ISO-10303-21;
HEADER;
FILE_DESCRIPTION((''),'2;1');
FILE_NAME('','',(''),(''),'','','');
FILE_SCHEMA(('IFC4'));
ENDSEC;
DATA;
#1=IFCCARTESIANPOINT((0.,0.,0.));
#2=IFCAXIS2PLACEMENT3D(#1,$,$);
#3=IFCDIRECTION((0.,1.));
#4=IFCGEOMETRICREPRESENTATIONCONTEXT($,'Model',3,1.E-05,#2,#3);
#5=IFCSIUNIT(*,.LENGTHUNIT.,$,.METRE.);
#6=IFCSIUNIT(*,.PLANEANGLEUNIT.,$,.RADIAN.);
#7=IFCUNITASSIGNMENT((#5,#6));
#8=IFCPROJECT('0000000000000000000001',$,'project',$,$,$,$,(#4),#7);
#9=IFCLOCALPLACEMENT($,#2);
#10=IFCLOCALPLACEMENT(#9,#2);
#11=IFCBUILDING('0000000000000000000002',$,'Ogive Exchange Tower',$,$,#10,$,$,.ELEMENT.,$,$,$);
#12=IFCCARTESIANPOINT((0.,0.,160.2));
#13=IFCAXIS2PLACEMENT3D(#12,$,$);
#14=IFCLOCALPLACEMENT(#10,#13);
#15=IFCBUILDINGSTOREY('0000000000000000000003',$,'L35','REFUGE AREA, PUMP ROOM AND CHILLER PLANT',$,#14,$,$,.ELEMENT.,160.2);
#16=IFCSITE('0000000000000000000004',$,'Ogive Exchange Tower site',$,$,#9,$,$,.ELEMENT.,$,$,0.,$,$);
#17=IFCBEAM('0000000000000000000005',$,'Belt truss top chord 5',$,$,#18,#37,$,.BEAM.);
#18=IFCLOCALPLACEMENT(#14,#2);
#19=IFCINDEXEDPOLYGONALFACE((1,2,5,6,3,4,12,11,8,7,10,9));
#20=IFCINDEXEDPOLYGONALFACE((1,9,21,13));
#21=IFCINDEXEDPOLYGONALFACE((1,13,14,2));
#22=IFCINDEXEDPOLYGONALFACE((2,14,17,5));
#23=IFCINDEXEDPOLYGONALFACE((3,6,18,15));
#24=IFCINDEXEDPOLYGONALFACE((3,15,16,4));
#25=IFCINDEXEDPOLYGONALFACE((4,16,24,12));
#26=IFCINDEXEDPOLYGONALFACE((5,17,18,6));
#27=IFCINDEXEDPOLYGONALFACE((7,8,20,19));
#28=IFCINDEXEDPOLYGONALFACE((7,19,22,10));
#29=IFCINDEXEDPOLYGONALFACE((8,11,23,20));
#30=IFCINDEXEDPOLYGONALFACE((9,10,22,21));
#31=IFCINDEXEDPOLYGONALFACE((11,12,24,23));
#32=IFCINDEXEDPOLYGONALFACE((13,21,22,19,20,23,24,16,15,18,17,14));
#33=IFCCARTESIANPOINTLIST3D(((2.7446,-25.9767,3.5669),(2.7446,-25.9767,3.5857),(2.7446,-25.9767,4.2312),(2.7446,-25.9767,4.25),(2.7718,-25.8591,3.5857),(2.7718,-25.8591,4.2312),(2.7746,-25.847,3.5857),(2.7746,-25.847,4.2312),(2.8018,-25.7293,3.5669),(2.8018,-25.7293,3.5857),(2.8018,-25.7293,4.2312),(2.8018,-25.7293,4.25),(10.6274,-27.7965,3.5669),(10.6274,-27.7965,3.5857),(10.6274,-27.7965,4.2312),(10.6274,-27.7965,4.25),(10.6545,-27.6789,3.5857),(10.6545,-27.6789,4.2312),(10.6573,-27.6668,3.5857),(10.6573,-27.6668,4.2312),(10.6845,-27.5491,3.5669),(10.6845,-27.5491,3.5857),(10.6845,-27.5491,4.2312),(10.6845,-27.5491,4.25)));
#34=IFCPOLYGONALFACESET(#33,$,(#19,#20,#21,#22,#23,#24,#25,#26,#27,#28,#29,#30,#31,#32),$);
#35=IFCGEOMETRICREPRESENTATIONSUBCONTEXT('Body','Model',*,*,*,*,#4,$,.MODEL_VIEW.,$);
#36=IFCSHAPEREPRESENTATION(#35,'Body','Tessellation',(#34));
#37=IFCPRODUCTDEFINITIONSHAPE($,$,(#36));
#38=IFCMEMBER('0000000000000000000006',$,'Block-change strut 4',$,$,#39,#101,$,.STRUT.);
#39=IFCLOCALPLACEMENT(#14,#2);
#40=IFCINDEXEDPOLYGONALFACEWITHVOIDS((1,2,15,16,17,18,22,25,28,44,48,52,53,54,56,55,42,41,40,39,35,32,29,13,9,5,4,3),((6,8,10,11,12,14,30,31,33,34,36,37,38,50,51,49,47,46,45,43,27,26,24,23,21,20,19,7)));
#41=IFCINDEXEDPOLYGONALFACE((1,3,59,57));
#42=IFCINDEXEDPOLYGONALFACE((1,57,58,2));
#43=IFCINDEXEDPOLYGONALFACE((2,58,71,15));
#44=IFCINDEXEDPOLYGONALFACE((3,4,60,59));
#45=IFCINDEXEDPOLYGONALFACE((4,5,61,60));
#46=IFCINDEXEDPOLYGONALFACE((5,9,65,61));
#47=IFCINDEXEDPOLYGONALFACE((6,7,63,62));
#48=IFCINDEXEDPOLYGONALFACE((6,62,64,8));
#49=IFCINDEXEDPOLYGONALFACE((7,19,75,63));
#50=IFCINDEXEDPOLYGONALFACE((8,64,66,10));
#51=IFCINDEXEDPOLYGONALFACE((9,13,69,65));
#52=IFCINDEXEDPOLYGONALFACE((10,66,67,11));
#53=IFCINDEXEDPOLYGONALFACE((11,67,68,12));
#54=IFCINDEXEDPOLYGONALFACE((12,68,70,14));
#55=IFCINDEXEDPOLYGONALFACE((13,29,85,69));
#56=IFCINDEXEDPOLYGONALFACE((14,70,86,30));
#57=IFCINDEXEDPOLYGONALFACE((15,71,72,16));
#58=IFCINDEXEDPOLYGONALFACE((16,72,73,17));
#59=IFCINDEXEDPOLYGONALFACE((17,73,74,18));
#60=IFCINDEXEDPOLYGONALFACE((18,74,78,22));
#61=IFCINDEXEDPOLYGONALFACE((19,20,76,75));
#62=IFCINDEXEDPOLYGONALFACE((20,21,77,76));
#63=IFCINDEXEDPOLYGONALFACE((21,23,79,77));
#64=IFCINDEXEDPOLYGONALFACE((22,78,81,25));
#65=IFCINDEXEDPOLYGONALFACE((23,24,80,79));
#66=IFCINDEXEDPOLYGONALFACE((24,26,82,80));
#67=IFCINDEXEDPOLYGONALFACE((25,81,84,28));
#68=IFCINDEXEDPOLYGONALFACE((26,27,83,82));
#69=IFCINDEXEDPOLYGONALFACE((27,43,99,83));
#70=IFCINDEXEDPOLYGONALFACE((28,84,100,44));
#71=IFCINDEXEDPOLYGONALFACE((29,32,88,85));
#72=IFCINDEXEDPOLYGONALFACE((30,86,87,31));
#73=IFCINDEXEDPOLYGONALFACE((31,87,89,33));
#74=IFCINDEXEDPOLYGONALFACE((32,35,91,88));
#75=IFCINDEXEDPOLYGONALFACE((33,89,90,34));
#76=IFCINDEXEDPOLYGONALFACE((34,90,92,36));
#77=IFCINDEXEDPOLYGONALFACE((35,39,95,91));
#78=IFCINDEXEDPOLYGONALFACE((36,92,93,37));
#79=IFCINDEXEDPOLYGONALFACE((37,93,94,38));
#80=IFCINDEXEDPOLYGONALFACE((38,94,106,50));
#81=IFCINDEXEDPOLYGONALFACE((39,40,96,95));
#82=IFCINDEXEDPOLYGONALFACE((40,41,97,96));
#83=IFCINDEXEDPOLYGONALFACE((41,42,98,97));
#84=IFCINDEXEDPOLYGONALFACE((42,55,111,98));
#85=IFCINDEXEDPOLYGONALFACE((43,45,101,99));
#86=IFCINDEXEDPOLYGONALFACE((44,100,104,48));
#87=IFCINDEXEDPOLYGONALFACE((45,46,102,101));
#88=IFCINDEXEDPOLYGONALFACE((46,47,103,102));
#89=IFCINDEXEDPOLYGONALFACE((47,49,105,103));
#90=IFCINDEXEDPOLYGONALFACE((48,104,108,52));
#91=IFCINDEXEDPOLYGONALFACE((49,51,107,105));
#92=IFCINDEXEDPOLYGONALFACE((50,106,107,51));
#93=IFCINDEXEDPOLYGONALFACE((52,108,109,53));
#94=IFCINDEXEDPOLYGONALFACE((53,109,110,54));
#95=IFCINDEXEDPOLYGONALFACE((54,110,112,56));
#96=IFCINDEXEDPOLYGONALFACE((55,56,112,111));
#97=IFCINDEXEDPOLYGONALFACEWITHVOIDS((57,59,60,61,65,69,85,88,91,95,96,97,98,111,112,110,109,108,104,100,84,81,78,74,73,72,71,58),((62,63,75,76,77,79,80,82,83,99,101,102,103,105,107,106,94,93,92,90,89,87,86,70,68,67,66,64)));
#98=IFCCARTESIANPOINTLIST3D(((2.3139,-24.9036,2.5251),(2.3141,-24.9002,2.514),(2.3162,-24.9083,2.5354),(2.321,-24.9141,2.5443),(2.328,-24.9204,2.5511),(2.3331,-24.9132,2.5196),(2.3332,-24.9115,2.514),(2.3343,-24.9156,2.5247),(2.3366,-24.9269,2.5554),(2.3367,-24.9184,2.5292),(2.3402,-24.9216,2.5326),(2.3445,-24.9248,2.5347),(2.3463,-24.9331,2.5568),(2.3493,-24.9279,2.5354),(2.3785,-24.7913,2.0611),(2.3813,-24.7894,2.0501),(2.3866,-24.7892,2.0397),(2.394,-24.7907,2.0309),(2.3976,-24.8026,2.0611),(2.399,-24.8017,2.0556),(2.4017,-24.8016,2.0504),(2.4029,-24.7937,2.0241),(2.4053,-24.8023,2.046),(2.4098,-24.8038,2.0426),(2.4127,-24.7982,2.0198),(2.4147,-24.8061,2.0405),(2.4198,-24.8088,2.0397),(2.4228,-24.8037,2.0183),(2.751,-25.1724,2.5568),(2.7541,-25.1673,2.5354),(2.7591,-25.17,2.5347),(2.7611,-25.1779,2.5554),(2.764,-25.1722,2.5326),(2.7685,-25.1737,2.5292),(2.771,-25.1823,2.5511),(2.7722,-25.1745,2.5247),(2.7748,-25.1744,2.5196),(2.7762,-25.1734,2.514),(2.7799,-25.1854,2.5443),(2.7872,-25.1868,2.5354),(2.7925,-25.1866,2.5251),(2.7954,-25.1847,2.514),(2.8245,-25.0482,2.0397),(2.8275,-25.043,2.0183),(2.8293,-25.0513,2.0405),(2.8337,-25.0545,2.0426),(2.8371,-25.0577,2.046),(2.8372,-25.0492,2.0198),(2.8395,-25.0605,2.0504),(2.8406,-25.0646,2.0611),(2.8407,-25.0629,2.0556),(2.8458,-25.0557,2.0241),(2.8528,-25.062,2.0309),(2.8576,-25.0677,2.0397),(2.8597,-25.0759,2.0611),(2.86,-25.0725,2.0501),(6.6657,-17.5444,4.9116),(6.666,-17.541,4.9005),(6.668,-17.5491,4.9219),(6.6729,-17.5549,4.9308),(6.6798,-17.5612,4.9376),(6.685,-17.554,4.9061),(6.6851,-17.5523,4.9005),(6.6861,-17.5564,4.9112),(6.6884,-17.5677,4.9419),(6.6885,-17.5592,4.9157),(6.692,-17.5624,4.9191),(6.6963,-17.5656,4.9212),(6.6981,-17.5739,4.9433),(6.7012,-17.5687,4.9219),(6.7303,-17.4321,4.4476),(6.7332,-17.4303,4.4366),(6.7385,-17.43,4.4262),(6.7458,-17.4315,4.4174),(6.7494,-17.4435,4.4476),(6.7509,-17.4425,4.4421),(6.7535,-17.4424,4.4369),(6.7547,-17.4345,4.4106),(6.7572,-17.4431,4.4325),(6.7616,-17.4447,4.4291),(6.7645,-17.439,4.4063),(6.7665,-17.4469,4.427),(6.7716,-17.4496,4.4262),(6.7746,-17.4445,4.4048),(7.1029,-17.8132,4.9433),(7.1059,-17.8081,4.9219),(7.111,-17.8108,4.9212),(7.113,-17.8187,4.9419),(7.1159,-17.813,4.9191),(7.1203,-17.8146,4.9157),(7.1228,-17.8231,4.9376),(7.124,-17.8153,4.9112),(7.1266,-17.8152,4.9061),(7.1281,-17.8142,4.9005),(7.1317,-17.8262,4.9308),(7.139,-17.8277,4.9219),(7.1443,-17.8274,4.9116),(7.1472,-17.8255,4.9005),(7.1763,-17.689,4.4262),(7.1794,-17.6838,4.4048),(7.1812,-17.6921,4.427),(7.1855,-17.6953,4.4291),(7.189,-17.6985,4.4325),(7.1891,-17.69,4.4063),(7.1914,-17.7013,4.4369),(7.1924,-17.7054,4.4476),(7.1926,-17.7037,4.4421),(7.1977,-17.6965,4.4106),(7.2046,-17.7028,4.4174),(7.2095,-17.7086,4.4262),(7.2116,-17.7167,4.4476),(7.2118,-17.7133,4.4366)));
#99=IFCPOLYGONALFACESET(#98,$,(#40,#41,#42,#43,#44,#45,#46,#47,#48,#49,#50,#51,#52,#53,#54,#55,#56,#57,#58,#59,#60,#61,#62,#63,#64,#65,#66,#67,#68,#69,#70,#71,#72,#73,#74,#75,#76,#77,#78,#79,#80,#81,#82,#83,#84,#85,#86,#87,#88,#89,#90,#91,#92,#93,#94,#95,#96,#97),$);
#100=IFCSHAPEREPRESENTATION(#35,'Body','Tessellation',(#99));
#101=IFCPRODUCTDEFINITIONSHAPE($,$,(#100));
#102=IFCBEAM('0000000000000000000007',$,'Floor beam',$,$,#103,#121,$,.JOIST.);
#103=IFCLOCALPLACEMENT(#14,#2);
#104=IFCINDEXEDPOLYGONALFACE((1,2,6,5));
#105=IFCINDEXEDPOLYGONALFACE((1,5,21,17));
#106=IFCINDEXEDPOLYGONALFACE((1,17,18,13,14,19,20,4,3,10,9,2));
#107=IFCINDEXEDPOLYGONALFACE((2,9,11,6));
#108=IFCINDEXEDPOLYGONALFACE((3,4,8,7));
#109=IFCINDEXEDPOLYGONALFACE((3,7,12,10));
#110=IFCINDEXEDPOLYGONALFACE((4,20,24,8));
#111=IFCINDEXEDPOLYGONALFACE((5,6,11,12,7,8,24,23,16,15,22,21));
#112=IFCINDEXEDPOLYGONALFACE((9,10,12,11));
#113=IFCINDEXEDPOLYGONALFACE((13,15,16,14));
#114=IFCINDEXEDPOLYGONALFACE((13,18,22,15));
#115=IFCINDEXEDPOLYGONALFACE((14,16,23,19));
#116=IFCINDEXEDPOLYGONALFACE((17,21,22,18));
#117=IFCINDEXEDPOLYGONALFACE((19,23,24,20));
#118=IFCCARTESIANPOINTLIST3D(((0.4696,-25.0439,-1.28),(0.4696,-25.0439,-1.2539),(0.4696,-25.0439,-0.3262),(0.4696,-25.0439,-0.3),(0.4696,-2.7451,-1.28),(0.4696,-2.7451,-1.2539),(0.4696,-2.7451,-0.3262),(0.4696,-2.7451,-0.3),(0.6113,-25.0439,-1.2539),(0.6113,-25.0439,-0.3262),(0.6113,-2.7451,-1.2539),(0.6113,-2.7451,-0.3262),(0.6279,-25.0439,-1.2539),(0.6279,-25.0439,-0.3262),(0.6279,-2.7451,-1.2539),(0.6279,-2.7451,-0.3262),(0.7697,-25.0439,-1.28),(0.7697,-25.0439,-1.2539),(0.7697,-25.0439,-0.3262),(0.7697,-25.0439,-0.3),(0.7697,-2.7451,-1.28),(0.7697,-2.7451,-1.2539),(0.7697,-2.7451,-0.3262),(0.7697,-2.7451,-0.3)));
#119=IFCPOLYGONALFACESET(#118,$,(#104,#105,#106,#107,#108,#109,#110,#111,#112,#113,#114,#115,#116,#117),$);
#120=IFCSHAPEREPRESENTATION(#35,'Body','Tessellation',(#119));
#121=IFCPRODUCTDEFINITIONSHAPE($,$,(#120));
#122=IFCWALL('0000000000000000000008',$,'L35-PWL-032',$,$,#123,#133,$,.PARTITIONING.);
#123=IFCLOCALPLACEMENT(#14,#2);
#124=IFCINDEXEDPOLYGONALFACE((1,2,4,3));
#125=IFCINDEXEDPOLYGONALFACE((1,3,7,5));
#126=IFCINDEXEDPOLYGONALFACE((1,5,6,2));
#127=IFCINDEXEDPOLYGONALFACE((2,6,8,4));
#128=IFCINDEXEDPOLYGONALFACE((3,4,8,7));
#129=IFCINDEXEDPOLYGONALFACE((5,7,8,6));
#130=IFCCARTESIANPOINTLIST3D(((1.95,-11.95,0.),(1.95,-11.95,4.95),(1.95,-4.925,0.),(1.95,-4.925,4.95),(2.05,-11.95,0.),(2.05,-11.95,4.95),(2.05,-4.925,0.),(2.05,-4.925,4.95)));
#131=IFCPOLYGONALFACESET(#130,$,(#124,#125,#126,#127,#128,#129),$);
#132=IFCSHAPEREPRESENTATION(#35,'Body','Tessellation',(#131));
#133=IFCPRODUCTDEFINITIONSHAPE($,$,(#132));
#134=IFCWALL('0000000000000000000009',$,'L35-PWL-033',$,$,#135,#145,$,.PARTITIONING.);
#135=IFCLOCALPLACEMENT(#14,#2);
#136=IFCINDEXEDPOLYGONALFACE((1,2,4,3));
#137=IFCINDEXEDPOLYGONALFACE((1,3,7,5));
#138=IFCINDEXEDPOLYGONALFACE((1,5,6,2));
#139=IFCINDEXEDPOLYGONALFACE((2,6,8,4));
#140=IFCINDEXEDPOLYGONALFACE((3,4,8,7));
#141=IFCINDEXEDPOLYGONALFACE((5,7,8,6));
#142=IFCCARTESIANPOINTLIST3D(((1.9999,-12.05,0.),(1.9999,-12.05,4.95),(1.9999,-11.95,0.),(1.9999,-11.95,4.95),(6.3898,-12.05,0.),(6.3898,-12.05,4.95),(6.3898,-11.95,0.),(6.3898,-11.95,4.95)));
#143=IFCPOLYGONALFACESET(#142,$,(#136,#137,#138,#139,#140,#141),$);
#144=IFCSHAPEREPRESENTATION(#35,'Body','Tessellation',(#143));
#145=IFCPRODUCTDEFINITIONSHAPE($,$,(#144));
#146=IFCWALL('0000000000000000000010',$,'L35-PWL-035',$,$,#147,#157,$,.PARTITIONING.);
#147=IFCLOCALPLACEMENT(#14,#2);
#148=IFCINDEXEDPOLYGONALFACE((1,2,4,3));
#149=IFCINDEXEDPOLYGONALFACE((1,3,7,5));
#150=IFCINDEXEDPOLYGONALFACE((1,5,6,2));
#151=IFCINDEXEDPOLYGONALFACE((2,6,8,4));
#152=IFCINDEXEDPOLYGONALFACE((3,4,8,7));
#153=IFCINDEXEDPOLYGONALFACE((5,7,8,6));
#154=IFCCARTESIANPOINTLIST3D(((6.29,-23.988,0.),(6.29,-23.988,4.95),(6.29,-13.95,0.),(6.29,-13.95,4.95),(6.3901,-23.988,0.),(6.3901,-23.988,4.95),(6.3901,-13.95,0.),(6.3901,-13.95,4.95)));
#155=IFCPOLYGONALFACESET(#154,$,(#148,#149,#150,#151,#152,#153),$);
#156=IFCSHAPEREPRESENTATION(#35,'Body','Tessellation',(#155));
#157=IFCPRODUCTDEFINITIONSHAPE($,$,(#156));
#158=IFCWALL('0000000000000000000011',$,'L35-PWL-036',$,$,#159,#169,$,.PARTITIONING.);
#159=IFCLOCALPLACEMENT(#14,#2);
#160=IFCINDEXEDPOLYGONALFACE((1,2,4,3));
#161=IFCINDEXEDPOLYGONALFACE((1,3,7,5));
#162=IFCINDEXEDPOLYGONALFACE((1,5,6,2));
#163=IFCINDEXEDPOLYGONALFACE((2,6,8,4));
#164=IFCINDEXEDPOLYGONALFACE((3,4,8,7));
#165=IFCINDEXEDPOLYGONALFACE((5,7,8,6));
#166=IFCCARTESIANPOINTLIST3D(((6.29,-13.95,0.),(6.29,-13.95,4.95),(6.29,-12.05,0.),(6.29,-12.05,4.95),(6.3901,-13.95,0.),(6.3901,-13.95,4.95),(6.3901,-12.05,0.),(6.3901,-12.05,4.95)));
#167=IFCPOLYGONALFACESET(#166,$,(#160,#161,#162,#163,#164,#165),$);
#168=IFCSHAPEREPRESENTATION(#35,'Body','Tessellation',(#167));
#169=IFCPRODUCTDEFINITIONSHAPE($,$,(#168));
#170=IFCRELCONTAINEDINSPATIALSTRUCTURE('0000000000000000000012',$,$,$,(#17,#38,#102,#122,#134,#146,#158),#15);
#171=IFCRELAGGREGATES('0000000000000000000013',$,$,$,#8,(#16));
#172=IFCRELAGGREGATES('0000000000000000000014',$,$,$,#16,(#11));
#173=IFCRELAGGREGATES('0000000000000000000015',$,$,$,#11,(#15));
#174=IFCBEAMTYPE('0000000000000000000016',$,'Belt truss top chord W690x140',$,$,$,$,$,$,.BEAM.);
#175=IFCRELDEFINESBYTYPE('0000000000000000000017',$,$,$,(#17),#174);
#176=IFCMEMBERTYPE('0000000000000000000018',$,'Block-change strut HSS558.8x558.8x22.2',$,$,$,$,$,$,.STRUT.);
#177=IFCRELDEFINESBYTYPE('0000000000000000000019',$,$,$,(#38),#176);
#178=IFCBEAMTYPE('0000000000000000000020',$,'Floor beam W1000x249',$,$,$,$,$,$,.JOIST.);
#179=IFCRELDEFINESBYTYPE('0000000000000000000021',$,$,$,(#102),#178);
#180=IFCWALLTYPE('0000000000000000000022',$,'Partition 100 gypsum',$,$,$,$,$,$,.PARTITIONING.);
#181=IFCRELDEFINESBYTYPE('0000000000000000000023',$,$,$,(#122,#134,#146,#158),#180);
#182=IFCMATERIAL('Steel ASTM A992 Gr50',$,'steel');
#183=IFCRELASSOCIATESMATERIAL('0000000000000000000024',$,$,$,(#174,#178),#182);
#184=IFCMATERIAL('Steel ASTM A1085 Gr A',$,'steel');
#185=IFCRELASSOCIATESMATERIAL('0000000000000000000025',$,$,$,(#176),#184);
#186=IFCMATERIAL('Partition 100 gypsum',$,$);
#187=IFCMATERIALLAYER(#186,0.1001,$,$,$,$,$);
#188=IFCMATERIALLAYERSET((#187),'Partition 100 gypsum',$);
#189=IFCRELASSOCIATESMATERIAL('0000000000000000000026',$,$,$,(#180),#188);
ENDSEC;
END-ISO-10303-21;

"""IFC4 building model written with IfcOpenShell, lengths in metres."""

from ifc_helpers import new_model, si_unit, direction, frame, frame_2d, origin, origin_2d, place, context, subcontext, project, spatial, rectangle, hollow_rectangle, i_section, extrude, material, layer, layer_set, material_profile, profile_set, type_object, element, save


model = new_model("IFC4")

# Units and contexts
model_context = context("Model", 3, precision=1e-05, world=origin(), true_north=direction((0.0, 1.0)))
body_context = subcontext(model_context, "Body", "Model", "MODEL_VIEW")
ifc_project = project(units=[si_unit("LENGTHUNIT", "METRE"), si_unit("PLANEANGLEUNIT", "RADIAN")], contexts=[model_context])

# Site, building, storey
site_placement = place(None, origin())
site = spatial("IfcSite", under=ifc_project, at=site_placement, Name="Ogive Exchange Tower site", CompositionType="ELEMENT", RefElevation=0.0)
building_placement = place(site_placement, origin())
building = spatial("IfcBuilding", under=site, at=building_placement, Name="Ogive Exchange Tower", CompositionType="ELEMENT")
storey_placement = place(building_placement, frame((0.0, 0.0, 160.2)))
storey = spatial("IfcBuildingStorey", under=building, at=storey_placement, Name="L35", Description="REFUGE AREA, PUMP ROOM AND CHILLER PLANT", CompositionType="ELEMENT", Elevation=160.2)

# Shared definitions
ifc_material_1 = material(Name="Steel ASTM A992 Gr50", Category="steel")

# Shared definitions
ifc_material_2 = material(Name="Steel ASTM A1085 Gr A", Category="steel")

# Beam
ifc_material_profile_1 = material_profile(ifc_material_1, i_section(OverallWidth=0.2539, OverallDepth=0.6831, WebThickness=0.0125, FlangeThickness=0.0188, at=origin_2d()), Name="W690x140")
ifc_profile_set_1 = profile_set([ifc_material_profile_1], Name="Steel ASTM A992 Gr50")
beam_type_1 = type_object("IfcBeamType", Name="Belt truss top chord W690x140", PredefinedType="BEAM", material=ifc_profile_set_1)
beam_1_placement = place(storey_placement, frame((2.7732, -25.853, 3.9084), z_axis=(0.974372, -0.224943, 0.0), x_axis=(0.224943, 0.974372, 0.0)))
element("IfcBeam", 1, at=beam_1_placement, inside=storey, type_object=beam_type_1, Name="Belt truss top chord 5", PredefinedType="BEAM", context=body_context, shape_type="SweptSolid", body=[
    extrude(i_section(OverallWidth=0.2539, OverallDepth=0.6831, WebThickness=0.0125, FlangeThickness=0.0188, at=origin_2d()), origin(), (0.0, 0.0, 1.0), 8.0901),
])

# Member
ifc_material_profile_2 = material_profile(ifc_material_2, hollow_rectangle(XDim=0.5591, YDim=0.5591, WallThickness=0.0222, InnerFilletRadius=0.0222, OuterFilletRadius=0.0444, at=origin_2d()), Name="HSS558.8x558.8x22.2")
ifc_profile_set_2 = profile_set([ifc_material_profile_2], Name="Steel ASTM A1085 Gr A")
member_type_1 = type_object("IfcMemberType", Name="Block-change strut HSS558.8x558.8x22.2", PredefinedType="STRUT", material=ifc_profile_set_2)
member_placement = place(storey_placement, frame((2.5869, -24.988, 2.2876), z_axis=(0.490268, 0.829068, 0.268856), x_axis=(-0.860761, 0.509009, 0.0)))
element("IfcMember", 2, at=member_placement, inside=storey, type_object=member_type_1, Name="Block-change strut 4", PredefinedType="STRUT", context=body_context, shape_type="SweptSolid", body=[
    extrude(hollow_rectangle(XDim=0.5591, YDim=0.5591, WallThickness=0.0222, InnerFilletRadius=0.0222, OuterFilletRadius=0.0444, at=origin_2d()), origin(), (0.0, 0.0, 1.0), 8.8765),
])

# Beam
ifc_material_profile_3 = material_profile(ifc_material_1, i_section(OverallWidth=0.3, OverallDepth=0.98, WebThickness=0.0166, FlangeThickness=0.0261, at=origin_2d()), Name="W1000x249")
ifc_profile_set_3 = profile_set([ifc_material_profile_3], Name="Steel ASTM A992 Gr50")
beam_type_2 = type_object("IfcBeamType", Name="Floor beam W1000x249", PredefinedType="JOIST", material=ifc_profile_set_3)
beam_2_placement = place(storey_placement, frame((0.6196, -25.0439, -0.79), z_axis=(0.0, 1.0, 0.0), x_axis=(-1.0, 0.0, 0.0)))
element("IfcBeam", 3, at=beam_2_placement, inside=storey, type_object=beam_type_2, Name="Floor beam", PredefinedType="JOIST", context=body_context, shape_type="SweptSolid", body=[
    extrude(i_section(OverallWidth=0.3, OverallDepth=0.98, WebThickness=0.0166, FlangeThickness=0.0261, at=origin_2d()), origin(), (0.0, 0.0, 1.0), 22.2988),
])

# Walls
ifc_material_3 = material(Name="Partition 100 gypsum")
ifc_layer = layer(ifc_material_3, 0.1001)
ifc_layer_set = layer_set([ifc_layer], Name="Partition 100 gypsum")
wall_type = type_object("IfcWallType", Name="Partition 100 gypsum", PredefinedType="PARTITIONING", material=ifc_layer_set)
wall_1_placement = place(storey_placement, frame((2.0, -11.95, 0.0), z_axis=(0.0, 0.0, 1.0), x_axis=(0.0, 1.0, 0.0)))
element("IfcWall", 4, at=wall_1_placement, inside=storey, type_object=wall_type, Name="L35-PWL-032", PredefinedType="PARTITIONING", context=body_context, shape_type="SweptSolid", body=[
    extrude(rectangle(XDim=7.0249, YDim=0.1001, at=frame_2d((3.5125, 0.0))), origin(), (0.0, 0.0, 1.0), 4.95),
])
wall_2_placement = place(storey_placement, frame((2.0, -12.0, 0.0), z_axis=(0.0, 0.0, 1.0), x_axis=(1.0, 0.0, 0.0)))
element("IfcWall", 5, at=wall_2_placement, inside=storey, type_object=wall_type, Name="L35-PWL-033", PredefinedType="PARTITIONING", context=body_context, shape_type="SweptSolid", body=[
    extrude(rectangle(XDim=4.3899, YDim=0.1001, at=frame_2d((2.1948, 0.0))), origin(), (0.0, 0.0, 1.0), 4.95),
])
wall_3_placement = place(storey_placement, frame((6.3401, -23.988, 0.0), z_axis=(0.0, 0.0, 1.0), x_axis=(0.0, 1.0, 0.0)))
element("IfcWall", 6, at=wall_3_placement, inside=storey, type_object=wall_type, Name="L35-PWL-035", PredefinedType="PARTITIONING", context=body_context, shape_type="SweptSolid", body=[
    extrude(rectangle(XDim=10.0381, YDim=0.1001, at=frame_2d((5.019, 0.0))), origin(), (0.0, 0.0, 1.0), 4.95),
])
wall_4_placement = place(storey_placement, frame((6.3401, -13.95, 0.0), z_axis=(0.0, 0.0, 1.0), x_axis=(0.0, 1.0, 0.0)))
element("IfcWall", 7, at=wall_4_placement, inside=storey, type_object=wall_type, Name="L35-PWL-036", PredefinedType="PARTITIONING", context=body_context, shape_type="SweptSolid", body=[
    extrude(rectangle(XDim=1.8999, YDim=0.1001, at=frame_2d((0.95, 0.0))), origin(), (0.0, 0.0, 1.0), 4.95),
])

save(model, "model.ifc")
